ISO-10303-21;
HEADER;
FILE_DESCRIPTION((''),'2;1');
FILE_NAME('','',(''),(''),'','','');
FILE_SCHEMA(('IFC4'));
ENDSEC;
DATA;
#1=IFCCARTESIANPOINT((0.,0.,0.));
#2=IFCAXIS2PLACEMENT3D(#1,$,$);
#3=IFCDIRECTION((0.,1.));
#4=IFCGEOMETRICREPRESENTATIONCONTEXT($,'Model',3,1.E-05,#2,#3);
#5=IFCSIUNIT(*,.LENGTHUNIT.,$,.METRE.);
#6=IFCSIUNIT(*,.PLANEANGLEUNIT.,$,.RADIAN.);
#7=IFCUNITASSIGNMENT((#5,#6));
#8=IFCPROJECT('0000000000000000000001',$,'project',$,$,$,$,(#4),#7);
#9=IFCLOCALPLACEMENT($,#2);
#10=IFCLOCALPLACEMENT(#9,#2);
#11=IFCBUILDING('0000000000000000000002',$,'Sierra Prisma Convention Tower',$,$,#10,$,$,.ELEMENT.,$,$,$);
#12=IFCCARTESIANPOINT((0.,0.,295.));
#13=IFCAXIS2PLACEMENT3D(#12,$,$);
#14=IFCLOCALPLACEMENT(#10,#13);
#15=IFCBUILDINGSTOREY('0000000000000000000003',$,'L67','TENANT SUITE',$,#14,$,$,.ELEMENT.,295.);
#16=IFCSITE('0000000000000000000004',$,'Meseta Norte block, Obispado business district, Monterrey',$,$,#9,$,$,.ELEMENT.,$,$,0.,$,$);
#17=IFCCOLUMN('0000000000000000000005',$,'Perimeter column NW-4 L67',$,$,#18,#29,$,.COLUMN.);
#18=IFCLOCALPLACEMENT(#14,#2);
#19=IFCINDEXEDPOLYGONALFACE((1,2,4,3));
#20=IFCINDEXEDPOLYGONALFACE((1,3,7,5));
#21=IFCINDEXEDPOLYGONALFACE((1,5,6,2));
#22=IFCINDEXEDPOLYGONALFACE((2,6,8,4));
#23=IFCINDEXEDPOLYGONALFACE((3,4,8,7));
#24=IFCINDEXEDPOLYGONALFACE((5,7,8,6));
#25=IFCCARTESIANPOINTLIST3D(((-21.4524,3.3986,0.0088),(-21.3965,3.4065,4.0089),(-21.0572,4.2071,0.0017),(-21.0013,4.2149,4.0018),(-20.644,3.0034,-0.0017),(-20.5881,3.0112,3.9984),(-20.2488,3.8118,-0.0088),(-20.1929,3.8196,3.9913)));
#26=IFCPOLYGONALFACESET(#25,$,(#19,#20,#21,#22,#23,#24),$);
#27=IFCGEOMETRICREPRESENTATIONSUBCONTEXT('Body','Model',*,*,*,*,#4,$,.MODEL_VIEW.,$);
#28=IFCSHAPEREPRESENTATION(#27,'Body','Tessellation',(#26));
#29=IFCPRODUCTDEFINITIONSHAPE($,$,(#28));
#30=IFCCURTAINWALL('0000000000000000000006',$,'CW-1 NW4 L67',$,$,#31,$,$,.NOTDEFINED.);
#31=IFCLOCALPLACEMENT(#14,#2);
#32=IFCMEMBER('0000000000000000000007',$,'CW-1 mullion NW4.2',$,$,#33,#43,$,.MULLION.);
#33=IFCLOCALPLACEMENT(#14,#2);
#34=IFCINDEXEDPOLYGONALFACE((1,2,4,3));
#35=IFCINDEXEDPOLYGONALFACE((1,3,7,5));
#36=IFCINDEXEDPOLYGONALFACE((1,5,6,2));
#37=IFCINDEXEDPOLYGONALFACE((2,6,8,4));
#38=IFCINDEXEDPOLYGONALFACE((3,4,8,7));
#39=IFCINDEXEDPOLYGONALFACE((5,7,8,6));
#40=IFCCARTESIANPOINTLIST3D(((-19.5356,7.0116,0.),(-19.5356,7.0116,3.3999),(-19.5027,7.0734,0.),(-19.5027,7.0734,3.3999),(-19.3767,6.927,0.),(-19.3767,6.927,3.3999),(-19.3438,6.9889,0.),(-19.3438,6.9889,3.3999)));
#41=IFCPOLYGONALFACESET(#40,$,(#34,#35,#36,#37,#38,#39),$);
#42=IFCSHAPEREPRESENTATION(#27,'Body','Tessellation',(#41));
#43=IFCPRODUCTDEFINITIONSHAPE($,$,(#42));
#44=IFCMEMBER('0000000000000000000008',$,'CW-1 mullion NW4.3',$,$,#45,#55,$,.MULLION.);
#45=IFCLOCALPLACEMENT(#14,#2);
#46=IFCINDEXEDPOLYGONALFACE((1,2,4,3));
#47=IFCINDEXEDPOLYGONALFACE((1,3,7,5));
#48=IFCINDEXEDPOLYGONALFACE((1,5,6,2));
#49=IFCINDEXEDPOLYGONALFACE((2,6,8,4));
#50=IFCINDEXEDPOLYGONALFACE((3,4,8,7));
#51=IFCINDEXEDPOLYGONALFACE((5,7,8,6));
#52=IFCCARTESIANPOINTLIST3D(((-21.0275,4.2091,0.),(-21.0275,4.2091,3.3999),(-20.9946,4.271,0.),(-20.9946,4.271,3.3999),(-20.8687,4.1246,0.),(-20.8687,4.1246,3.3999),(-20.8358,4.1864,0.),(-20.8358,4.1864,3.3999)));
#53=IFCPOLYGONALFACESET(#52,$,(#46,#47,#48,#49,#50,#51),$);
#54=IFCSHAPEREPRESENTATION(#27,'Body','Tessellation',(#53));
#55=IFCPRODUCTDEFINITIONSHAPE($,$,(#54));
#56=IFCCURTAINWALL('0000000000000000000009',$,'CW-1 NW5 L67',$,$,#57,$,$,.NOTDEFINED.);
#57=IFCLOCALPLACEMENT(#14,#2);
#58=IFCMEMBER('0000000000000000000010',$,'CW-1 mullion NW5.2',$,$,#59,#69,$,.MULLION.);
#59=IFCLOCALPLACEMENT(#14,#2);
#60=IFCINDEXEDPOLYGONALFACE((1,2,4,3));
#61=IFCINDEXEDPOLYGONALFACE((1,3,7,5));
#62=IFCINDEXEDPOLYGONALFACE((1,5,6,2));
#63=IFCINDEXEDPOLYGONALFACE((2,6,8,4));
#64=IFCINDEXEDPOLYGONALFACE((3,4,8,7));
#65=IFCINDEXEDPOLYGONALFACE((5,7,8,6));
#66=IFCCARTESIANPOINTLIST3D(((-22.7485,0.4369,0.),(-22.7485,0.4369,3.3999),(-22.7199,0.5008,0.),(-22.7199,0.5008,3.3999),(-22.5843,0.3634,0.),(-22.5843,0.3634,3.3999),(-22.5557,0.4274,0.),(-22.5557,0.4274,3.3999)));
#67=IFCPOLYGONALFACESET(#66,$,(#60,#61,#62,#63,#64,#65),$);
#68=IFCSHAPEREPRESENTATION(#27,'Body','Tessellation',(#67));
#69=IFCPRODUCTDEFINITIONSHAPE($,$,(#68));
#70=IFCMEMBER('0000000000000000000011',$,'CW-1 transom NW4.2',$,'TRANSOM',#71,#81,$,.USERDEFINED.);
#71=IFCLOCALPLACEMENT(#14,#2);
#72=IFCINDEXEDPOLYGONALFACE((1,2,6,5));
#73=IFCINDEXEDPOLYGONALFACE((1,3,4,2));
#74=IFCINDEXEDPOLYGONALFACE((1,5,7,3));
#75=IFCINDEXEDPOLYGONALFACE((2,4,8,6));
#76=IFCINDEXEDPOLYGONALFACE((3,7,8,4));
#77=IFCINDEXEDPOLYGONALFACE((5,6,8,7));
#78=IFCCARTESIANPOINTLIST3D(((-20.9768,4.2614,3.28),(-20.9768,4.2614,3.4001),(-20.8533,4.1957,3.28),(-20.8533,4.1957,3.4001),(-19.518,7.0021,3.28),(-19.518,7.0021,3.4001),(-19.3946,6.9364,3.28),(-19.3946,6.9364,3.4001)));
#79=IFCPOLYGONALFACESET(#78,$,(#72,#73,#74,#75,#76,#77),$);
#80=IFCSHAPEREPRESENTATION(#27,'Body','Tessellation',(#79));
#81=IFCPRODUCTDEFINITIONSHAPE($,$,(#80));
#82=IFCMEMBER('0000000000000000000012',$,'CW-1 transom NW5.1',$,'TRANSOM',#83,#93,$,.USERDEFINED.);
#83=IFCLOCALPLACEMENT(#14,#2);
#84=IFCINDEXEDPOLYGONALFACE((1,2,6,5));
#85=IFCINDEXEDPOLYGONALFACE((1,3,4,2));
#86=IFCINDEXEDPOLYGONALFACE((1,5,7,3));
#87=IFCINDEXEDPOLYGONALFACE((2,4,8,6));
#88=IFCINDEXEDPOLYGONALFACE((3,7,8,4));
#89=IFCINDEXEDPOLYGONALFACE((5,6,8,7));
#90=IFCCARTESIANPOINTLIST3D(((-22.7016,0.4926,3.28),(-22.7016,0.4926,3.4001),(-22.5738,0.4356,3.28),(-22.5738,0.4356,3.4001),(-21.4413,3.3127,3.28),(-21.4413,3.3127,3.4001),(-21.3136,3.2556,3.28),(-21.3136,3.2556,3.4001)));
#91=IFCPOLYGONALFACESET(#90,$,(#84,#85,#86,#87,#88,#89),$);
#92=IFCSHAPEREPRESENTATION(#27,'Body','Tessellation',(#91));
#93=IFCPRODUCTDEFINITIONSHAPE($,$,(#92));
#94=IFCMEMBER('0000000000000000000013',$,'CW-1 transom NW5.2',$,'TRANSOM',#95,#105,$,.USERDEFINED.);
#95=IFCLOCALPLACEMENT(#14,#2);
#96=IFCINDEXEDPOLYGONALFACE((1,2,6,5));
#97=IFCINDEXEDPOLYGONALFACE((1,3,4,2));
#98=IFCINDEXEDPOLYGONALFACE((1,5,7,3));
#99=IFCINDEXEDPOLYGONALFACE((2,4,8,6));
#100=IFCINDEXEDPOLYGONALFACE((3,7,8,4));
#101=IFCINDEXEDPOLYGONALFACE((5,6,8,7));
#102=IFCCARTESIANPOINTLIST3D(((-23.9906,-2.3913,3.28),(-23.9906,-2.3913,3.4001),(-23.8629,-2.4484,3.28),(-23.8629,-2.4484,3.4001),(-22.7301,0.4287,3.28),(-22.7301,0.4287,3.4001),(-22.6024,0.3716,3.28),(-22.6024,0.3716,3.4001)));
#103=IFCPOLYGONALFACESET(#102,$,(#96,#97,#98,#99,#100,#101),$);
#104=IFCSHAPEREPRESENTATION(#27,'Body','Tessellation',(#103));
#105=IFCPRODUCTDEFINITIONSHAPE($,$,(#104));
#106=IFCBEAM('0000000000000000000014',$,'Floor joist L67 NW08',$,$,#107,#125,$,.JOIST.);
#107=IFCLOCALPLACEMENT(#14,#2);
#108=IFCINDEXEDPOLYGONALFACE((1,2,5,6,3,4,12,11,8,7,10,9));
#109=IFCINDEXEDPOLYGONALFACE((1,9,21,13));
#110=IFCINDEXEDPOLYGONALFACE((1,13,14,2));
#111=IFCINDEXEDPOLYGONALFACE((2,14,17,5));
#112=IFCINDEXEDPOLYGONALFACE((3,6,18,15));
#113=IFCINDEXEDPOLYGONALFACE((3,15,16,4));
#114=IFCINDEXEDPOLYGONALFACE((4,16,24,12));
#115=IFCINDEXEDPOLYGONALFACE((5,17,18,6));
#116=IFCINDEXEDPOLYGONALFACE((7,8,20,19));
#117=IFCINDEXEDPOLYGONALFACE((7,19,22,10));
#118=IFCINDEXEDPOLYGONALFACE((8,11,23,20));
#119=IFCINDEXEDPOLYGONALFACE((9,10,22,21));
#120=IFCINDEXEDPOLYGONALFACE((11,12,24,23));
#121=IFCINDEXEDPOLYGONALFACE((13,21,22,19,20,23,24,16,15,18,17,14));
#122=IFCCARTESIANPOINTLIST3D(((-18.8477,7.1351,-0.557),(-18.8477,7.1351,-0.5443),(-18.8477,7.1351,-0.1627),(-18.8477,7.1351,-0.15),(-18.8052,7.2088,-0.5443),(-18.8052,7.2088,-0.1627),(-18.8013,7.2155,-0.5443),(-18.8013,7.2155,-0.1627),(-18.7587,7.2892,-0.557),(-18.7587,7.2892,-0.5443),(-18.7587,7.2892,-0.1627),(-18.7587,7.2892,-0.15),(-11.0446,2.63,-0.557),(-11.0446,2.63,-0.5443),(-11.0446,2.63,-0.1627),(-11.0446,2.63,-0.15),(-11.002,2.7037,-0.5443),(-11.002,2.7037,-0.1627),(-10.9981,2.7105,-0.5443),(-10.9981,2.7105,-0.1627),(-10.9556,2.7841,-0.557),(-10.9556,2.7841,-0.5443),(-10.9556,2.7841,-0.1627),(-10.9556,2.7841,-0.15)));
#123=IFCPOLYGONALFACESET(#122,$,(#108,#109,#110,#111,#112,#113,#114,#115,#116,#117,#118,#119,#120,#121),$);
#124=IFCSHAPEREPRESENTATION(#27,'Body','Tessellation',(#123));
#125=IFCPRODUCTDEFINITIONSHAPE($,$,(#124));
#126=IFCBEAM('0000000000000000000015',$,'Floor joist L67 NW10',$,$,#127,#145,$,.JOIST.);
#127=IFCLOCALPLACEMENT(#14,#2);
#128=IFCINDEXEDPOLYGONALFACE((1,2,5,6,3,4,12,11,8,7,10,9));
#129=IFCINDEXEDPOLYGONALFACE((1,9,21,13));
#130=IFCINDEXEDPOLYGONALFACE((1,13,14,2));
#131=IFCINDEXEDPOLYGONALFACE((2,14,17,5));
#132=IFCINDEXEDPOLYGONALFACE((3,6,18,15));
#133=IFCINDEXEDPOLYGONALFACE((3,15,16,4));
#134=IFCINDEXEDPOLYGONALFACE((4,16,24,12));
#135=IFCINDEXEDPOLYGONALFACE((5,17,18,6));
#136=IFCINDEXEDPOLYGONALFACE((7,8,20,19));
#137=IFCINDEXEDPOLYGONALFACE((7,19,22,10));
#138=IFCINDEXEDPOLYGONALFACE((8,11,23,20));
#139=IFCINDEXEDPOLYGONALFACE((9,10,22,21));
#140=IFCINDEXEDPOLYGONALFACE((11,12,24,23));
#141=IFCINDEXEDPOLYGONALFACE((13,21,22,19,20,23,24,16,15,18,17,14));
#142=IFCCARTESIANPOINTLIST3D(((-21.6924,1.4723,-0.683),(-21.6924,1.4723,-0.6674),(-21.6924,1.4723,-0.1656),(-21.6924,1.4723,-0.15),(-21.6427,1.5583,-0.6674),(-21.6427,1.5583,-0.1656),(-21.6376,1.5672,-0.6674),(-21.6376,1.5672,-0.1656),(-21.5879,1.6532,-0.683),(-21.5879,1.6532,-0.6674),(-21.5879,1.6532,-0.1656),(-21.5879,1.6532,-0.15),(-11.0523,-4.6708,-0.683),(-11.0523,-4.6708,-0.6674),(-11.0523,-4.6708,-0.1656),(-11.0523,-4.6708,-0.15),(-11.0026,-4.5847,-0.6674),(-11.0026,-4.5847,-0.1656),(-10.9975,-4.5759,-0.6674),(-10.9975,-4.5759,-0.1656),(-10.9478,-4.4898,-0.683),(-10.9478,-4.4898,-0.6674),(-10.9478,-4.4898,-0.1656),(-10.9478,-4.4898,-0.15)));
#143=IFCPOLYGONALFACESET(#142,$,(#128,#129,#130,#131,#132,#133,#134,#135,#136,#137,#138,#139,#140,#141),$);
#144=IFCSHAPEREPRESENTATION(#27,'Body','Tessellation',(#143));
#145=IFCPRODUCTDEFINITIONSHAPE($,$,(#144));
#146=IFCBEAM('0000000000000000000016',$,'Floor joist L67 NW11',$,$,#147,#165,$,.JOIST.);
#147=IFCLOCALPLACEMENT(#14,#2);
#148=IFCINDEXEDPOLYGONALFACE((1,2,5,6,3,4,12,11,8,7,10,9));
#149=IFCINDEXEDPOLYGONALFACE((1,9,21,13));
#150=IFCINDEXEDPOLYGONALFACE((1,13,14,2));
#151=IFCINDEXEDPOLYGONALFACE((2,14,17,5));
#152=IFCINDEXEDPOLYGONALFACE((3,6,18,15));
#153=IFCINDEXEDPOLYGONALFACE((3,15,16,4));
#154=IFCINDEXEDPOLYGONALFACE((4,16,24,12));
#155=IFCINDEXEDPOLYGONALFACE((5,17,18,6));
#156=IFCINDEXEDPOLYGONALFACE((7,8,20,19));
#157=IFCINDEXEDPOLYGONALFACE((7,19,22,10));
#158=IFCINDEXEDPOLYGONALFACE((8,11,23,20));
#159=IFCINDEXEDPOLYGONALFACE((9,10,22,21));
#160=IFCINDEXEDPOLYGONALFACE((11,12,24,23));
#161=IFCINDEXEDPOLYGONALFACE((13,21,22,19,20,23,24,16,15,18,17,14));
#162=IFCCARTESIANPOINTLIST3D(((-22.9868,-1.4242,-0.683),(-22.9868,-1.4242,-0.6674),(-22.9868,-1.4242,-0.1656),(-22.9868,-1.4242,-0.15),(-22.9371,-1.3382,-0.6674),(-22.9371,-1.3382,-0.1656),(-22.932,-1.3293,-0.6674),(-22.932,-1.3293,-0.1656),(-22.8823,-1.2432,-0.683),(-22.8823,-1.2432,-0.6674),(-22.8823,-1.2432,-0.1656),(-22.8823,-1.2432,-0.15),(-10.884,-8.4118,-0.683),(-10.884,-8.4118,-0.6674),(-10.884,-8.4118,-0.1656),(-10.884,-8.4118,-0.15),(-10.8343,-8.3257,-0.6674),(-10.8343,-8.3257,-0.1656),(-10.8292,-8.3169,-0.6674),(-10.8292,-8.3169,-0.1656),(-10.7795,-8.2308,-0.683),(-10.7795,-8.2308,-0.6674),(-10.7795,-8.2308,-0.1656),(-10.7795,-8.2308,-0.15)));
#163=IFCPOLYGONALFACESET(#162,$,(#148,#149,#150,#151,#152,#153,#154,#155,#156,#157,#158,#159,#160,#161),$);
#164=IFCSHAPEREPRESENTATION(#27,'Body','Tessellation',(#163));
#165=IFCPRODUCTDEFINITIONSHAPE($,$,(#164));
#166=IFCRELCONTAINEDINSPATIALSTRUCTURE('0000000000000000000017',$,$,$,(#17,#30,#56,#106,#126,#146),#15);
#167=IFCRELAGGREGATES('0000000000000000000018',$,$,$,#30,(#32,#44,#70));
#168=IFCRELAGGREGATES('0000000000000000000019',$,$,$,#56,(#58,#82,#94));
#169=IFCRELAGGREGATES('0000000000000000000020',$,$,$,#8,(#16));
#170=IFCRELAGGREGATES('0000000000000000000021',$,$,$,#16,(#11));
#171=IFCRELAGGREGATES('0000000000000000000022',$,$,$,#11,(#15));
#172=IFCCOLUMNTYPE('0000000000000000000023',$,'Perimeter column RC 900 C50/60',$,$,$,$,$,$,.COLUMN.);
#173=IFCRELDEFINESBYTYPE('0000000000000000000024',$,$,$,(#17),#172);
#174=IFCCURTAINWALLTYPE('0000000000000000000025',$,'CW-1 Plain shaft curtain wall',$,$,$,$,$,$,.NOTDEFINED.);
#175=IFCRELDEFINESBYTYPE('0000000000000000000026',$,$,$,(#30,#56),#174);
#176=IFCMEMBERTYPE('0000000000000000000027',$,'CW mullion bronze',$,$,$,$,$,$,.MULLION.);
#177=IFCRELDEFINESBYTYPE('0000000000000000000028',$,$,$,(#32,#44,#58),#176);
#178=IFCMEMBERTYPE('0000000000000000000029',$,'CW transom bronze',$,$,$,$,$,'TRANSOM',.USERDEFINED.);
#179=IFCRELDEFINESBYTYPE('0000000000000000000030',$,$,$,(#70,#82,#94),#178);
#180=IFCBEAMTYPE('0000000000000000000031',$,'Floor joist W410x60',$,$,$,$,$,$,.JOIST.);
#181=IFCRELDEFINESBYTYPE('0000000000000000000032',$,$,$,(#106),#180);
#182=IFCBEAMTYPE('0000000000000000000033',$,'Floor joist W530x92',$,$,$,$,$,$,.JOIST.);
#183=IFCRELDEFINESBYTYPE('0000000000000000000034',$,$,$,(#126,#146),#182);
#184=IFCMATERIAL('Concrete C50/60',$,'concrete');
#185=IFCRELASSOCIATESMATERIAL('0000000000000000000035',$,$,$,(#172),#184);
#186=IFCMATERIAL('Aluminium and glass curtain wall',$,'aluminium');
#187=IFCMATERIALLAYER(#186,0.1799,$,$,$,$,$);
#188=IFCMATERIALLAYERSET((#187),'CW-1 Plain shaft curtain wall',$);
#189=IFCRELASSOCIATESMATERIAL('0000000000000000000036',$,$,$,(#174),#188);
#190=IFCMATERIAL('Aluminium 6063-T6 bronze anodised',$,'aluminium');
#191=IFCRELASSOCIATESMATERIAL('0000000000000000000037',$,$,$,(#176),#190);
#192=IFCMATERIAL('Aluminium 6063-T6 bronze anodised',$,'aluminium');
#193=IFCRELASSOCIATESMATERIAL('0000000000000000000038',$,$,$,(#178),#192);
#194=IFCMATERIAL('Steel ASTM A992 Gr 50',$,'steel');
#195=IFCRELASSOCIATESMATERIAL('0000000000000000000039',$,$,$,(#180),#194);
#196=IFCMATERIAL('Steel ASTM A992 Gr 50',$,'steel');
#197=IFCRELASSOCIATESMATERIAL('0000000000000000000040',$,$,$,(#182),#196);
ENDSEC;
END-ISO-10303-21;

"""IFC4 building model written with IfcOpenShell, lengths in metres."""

from ifc_helpers import new_model, si_unit, direction, frame, origin, origin_2d, place, context, subcontext, project, spatial, rectangle, i_section, extrude, material, layer, layer_set, material_profile, profile_set, type_object, element, aggregate, save


model = new_model("IFC4")

# Units and contexts
model_context = context("Model", 3, precision=1e-05, world=origin(), true_north=direction((0.0, 1.0)))
body_context = subcontext(model_context, "Body", "Model", "MODEL_VIEW")
ifc_project = project(units=[si_unit("LENGTHUNIT", "METRE"), si_unit("PLANEANGLEUNIT", "RADIAN")], contexts=[model_context])

# Site, building, storey
site_placement = place(None, origin())
site = spatial("IfcSite", under=ifc_project, at=site_placement, Name="Meseta Norte block, Obispado business district, Monterrey", CompositionType="ELEMENT", RefElevation=0.0)
building_placement = place(site_placement, origin())
building = spatial("IfcBuilding", under=site, at=building_placement, Name="Sierra Prisma Convention Tower", CompositionType="ELEMENT")
storey_placement = place(building_placement, frame((0.0, 0.0, 295.0)))
storey = spatial("IfcBuildingStorey", under=building, at=storey_placement, Name="L67", Description="TENANT SUITE", CompositionType="ELEMENT", Elevation=295.0)

# Column
ifc_material_1 = material(Name="Concrete C50/60", Category="concrete")
ifc_material_profile_1 = material_profile(ifc_material_1, rectangle(XDim=0.8999, YDim=0.8999, at=origin_2d()), Name="Perimeter column RC 900 C50/60")
ifc_profile_set_1 = profile_set([ifc_material_profile_1], Name="Concrete C50/60")
column_type = type_object("IfcColumnType", Name="Perimeter column RC 900 C50/60", PredefinedType="COLUMN", material=ifc_profile_set_1)
column_placement = place(storey_placement, frame((-20.8506, 3.6052, 0.0), z_axis=(0.013976, 0.001953, 0.9999), x_axis=(0.439175, 0.898367, -0.007893)))
element("IfcColumn", 1, at=column_placement, inside=storey, type_object=column_type, Name="Perimeter column NW-4 L67", PredefinedType="COLUMN", context=body_context, shape_type="SweptSolid", body=[
    extrude(rectangle(XDim=0.8999, YDim=0.8999, at=origin_2d()), origin(), (0.0, 0.0, 1.0), 4.0005),
])

# Curtain wall, members
ifc_material_2 = material(Name="Aluminium and glass curtain wall", Category="aluminium")
ifc_layer_1 = layer(ifc_material_2, 0.1799)
ifc_layer_set_1 = layer_set([ifc_layer_1], Name="CW-1 Plain shaft curtain wall")
curtain_wall_type = type_object("IfcCurtainWallType", Name="CW-1 Plain shaft curtain wall", PredefinedType="NOTDEFINED", material=ifc_layer_set_1)
curtain_wall_1_placement = place(storey_placement, origin())
curtain_wall_1 = element("IfcCurtainWall", 2, at=curtain_wall_1_placement, inside=storey, type_object=curtain_wall_type, Name="CW-1 NW4 L67", PredefinedType="NOTDEFINED")
ifc_material_3 = material(Name="Aluminium 6063-T6 bronze anodised", Category="aluminium")
ifc_material_profile_2 = material_profile(ifc_material_3, rectangle(XDim=0.1799, YDim=0.0701, at=origin_2d()), Name="ALU MULLION 70x180")
ifc_profile_set_2 = profile_set([ifc_material_profile_2], Name="Aluminium 6063-T6 bronze anodised")
member_type_1 = type_object("IfcMemberType", Name="CW mullion bronze", PredefinedType="MULLION", material=ifc_profile_set_2)
member_1_placement = place(storey_placement, frame((-19.4397, 7.0002, 0.0), z_axis=(0.0, 0.0, 1.0), x_axis=(0.882726, -0.469888, 0.0)))
member_1 = element("IfcMember", 3, at=member_1_placement, type_object=member_type_1, Name="CW-1 mullion NW4.2", PredefinedType="MULLION", context=body_context, shape_type="SweptSolid", body=[
    extrude(rectangle(XDim=0.1799, YDim=0.0701, at=origin_2d()), origin(), (0.0, 0.0, 1.0), 3.3999),
])
member_2_placement = place(storey_placement, frame((-20.9316, 4.1978, 0.0), z_axis=(0.0, 0.0, 1.0), x_axis=(0.882726, -0.469888, 0.0)))
member_2 = element("IfcMember", 4, at=member_2_placement, type_object=member_type_1, Name="CW-1 mullion NW4.3", PredefinedType="MULLION", context=body_context, shape_type="SweptSolid", body=[
    extrude(rectangle(XDim=0.1799, YDim=0.0701, at=origin_2d()), origin(), (0.0, 0.0, 1.0), 3.3999),
])

# Curtain wall, member
curtain_wall_2_placement = place(storey_placement, origin())
curtain_wall_2 = element("IfcCurtainWall", 5, at=curtain_wall_2_placement, inside=storey, type_object=curtain_wall_type, Name="CW-1 NW5 L67", PredefinedType="NOTDEFINED")
member_3_placement = place(storey_placement, frame((-22.6521, 0.4321, 0.0), z_axis=(0.0, 0.0, 1.0), x_axis=(0.912969, -0.408028, 0.0)))
member_3 = element("IfcMember", 6, at=member_3_placement, type_object=member_type_1, Name="CW-1 mullion NW5.2", PredefinedType="MULLION", context=body_context, shape_type="SweptSolid", body=[
    extrude(rectangle(XDim=0.1799, YDim=0.0701, at=origin_2d()), origin(), (0.0, 0.0, 1.0), 3.3999),
])

# Members
ifc_material_4 = material(Name="Aluminium 6063-T6 bronze anodised", Category="aluminium")
ifc_material_profile_3 = material_profile(ifc_material_4, rectangle(XDim=0.1399, YDim=0.1201, at=origin_2d()), Name="ALU TRANSOM 120x140")
ifc_profile_set_3 = profile_set([ifc_material_profile_3], Name="Aluminium 6063-T6 bronze anodised")
member_type_2 = type_object("IfcMemberType", Name="CW transom bronze", ElementType="TRANSOM", PredefinedType="USERDEFINED", material=ifc_profile_set_3)
member_4_placement = place(storey_placement, frame((-19.4563, 6.9692, 3.3401), z_axis=(-0.469841, -0.882751, 0.0), x_axis=(0.882751, -0.469841, 0.0)))
member_4 = element("IfcMember", 7, at=member_4_placement, type_object=member_type_2, Name="CW-1 transom NW4.2", ObjectType="TRANSOM", PredefinedType="USERDEFINED", context=body_context, shape_type="SweptSolid", body=[
    extrude(rectangle(XDim=0.1399, YDim=0.1201, at=origin_2d()), origin(), (0.0, 0.0, 1.0), 3.1047),
])
member_5_placement = place(storey_placement, frame((-21.3774, 3.2842, 3.3401), z_axis=(-0.408, -0.912982, 0.0), x_axis=(0.912982, -0.408, 0.0)))
member_5 = element("IfcMember", 8, at=member_5_placement, type_object=member_type_2, Name="CW-1 transom NW5.1", ObjectType="TRANSOM", PredefinedType="USERDEFINED", context=body_context, shape_type="SweptSolid", body=[
    extrude(rectangle(XDim=0.1399, YDim=0.1201, at=origin_2d()), origin(), (0.0, 0.0, 1.0), 3.0889),
])
member_6_placement = place(storey_placement, frame((-22.6663, 0.4001, 3.3401), z_axis=(-0.408066, -0.912952, 0.0), x_axis=(0.912952, -0.408066, 0.0)))
member_6 = element("IfcMember", 9, at=member_6_placement, type_object=member_type_2, Name="CW-1 transom NW5.2", ObjectType="TRANSOM", PredefinedType="USERDEFINED", context=body_context, shape_type="SweptSolid", body=[
    extrude(rectangle(XDim=0.1399, YDim=0.1201, at=origin_2d()), origin(), (0.0, 0.0, 1.0), 3.0889),
])

# Beams
ifc_material_5 = material(Name="Steel ASTM A992 Gr 50", Category="steel")
ifc_material_profile_4 = material_profile(ifc_material_5, i_section(OverallWidth=0.178, OverallDepth=0.407, WebThickness=0.0078, FlangeThickness=0.0127, at=origin_2d()), Name="W410x60")
ifc_profile_set_4 = profile_set([ifc_material_profile_4], Name="Steel ASTM A992 Gr 50")
beam_type_1 = type_object("IfcBeamType", Name="Floor joist W410x60", PredefinedType="JOIST", material=ifc_profile_set_4)
beam_1_placement = place(storey_placement, frame((-18.8032, 7.2122, -0.3535), z_axis=(0.866029, -0.499995, 0.0), x_axis=(0.499995, 0.866029, 0.0)))
element("IfcBeam", 10, at=beam_1_placement, inside=storey, type_object=beam_type_1, Name="Floor joist L67 NW08", PredefinedType="JOIST", context=body_context, shape_type="SweptSolid", body=[
    extrude(i_section(OverallWidth=0.178, OverallDepth=0.407, WebThickness=0.0078, FlangeThickness=0.0127, at=origin_2d()), origin(), (0.0, 0.0, 1.0), 9.0103),
])
ifc_material_6 = material(Name="Steel ASTM A992 Gr 50", Category="steel")
ifc_material_profile_5 = material_profile(ifc_material_6, i_section(OverallWidth=0.209, OverallDepth=0.533, WebThickness=0.0103, FlangeThickness=0.0156, at=origin_2d()), Name="W530x92")
ifc_profile_set_5 = profile_set([ifc_material_profile_5], Name="Steel ASTM A992 Gr 50")
beam_type_2 = type_object("IfcBeamType", Name="Floor joist W530x92", PredefinedType="JOIST", material=ifc_profile_set_5)
beam_2_placement = place(storey_placement, frame((-21.6401, 1.5627, -0.4165), z_axis=(0.866026, -0.499999, 0.0), x_axis=(0.499999, 0.866026, 0.0)))
element("IfcBeam", 11, at=beam_2_placement, inside=storey, type_object=beam_type_2, Name="Floor joist L67 NW10", PredefinedType="JOIST", context=body_context, shape_type="SweptSolid", body=[
    extrude(i_section(OverallWidth=0.209, OverallDepth=0.533, WebThickness=0.0103, FlangeThickness=0.0156, at=origin_2d()), origin(), (0.0, 0.0, 1.0), 12.2861),
])
beam_3_placement = place(storey_placement, frame((-22.9346, -1.3337, -0.4165), z_axis=(0.866025, -0.5, 0.0), x_axis=(0.5, 0.866025, 0.0)))
element("IfcBeam", 12, at=beam_3_placement, inside=storey, type_object=beam_type_2, Name="Floor joist L67 NW11", PredefinedType="JOIST", context=body_context, shape_type="SweptSolid", body=[
    extrude(i_section(OverallWidth=0.209, OverallDepth=0.533, WebThickness=0.0103, FlangeThickness=0.0156, at=origin_2d()), origin(), (0.0, 0.0, 1.0), 13.9751),
])

aggregate(curtain_wall_1, [member_1, member_2, member_4])
aggregate(curtain_wall_2, [member_3, member_5, member_6])

save(model, "model.ifc")
